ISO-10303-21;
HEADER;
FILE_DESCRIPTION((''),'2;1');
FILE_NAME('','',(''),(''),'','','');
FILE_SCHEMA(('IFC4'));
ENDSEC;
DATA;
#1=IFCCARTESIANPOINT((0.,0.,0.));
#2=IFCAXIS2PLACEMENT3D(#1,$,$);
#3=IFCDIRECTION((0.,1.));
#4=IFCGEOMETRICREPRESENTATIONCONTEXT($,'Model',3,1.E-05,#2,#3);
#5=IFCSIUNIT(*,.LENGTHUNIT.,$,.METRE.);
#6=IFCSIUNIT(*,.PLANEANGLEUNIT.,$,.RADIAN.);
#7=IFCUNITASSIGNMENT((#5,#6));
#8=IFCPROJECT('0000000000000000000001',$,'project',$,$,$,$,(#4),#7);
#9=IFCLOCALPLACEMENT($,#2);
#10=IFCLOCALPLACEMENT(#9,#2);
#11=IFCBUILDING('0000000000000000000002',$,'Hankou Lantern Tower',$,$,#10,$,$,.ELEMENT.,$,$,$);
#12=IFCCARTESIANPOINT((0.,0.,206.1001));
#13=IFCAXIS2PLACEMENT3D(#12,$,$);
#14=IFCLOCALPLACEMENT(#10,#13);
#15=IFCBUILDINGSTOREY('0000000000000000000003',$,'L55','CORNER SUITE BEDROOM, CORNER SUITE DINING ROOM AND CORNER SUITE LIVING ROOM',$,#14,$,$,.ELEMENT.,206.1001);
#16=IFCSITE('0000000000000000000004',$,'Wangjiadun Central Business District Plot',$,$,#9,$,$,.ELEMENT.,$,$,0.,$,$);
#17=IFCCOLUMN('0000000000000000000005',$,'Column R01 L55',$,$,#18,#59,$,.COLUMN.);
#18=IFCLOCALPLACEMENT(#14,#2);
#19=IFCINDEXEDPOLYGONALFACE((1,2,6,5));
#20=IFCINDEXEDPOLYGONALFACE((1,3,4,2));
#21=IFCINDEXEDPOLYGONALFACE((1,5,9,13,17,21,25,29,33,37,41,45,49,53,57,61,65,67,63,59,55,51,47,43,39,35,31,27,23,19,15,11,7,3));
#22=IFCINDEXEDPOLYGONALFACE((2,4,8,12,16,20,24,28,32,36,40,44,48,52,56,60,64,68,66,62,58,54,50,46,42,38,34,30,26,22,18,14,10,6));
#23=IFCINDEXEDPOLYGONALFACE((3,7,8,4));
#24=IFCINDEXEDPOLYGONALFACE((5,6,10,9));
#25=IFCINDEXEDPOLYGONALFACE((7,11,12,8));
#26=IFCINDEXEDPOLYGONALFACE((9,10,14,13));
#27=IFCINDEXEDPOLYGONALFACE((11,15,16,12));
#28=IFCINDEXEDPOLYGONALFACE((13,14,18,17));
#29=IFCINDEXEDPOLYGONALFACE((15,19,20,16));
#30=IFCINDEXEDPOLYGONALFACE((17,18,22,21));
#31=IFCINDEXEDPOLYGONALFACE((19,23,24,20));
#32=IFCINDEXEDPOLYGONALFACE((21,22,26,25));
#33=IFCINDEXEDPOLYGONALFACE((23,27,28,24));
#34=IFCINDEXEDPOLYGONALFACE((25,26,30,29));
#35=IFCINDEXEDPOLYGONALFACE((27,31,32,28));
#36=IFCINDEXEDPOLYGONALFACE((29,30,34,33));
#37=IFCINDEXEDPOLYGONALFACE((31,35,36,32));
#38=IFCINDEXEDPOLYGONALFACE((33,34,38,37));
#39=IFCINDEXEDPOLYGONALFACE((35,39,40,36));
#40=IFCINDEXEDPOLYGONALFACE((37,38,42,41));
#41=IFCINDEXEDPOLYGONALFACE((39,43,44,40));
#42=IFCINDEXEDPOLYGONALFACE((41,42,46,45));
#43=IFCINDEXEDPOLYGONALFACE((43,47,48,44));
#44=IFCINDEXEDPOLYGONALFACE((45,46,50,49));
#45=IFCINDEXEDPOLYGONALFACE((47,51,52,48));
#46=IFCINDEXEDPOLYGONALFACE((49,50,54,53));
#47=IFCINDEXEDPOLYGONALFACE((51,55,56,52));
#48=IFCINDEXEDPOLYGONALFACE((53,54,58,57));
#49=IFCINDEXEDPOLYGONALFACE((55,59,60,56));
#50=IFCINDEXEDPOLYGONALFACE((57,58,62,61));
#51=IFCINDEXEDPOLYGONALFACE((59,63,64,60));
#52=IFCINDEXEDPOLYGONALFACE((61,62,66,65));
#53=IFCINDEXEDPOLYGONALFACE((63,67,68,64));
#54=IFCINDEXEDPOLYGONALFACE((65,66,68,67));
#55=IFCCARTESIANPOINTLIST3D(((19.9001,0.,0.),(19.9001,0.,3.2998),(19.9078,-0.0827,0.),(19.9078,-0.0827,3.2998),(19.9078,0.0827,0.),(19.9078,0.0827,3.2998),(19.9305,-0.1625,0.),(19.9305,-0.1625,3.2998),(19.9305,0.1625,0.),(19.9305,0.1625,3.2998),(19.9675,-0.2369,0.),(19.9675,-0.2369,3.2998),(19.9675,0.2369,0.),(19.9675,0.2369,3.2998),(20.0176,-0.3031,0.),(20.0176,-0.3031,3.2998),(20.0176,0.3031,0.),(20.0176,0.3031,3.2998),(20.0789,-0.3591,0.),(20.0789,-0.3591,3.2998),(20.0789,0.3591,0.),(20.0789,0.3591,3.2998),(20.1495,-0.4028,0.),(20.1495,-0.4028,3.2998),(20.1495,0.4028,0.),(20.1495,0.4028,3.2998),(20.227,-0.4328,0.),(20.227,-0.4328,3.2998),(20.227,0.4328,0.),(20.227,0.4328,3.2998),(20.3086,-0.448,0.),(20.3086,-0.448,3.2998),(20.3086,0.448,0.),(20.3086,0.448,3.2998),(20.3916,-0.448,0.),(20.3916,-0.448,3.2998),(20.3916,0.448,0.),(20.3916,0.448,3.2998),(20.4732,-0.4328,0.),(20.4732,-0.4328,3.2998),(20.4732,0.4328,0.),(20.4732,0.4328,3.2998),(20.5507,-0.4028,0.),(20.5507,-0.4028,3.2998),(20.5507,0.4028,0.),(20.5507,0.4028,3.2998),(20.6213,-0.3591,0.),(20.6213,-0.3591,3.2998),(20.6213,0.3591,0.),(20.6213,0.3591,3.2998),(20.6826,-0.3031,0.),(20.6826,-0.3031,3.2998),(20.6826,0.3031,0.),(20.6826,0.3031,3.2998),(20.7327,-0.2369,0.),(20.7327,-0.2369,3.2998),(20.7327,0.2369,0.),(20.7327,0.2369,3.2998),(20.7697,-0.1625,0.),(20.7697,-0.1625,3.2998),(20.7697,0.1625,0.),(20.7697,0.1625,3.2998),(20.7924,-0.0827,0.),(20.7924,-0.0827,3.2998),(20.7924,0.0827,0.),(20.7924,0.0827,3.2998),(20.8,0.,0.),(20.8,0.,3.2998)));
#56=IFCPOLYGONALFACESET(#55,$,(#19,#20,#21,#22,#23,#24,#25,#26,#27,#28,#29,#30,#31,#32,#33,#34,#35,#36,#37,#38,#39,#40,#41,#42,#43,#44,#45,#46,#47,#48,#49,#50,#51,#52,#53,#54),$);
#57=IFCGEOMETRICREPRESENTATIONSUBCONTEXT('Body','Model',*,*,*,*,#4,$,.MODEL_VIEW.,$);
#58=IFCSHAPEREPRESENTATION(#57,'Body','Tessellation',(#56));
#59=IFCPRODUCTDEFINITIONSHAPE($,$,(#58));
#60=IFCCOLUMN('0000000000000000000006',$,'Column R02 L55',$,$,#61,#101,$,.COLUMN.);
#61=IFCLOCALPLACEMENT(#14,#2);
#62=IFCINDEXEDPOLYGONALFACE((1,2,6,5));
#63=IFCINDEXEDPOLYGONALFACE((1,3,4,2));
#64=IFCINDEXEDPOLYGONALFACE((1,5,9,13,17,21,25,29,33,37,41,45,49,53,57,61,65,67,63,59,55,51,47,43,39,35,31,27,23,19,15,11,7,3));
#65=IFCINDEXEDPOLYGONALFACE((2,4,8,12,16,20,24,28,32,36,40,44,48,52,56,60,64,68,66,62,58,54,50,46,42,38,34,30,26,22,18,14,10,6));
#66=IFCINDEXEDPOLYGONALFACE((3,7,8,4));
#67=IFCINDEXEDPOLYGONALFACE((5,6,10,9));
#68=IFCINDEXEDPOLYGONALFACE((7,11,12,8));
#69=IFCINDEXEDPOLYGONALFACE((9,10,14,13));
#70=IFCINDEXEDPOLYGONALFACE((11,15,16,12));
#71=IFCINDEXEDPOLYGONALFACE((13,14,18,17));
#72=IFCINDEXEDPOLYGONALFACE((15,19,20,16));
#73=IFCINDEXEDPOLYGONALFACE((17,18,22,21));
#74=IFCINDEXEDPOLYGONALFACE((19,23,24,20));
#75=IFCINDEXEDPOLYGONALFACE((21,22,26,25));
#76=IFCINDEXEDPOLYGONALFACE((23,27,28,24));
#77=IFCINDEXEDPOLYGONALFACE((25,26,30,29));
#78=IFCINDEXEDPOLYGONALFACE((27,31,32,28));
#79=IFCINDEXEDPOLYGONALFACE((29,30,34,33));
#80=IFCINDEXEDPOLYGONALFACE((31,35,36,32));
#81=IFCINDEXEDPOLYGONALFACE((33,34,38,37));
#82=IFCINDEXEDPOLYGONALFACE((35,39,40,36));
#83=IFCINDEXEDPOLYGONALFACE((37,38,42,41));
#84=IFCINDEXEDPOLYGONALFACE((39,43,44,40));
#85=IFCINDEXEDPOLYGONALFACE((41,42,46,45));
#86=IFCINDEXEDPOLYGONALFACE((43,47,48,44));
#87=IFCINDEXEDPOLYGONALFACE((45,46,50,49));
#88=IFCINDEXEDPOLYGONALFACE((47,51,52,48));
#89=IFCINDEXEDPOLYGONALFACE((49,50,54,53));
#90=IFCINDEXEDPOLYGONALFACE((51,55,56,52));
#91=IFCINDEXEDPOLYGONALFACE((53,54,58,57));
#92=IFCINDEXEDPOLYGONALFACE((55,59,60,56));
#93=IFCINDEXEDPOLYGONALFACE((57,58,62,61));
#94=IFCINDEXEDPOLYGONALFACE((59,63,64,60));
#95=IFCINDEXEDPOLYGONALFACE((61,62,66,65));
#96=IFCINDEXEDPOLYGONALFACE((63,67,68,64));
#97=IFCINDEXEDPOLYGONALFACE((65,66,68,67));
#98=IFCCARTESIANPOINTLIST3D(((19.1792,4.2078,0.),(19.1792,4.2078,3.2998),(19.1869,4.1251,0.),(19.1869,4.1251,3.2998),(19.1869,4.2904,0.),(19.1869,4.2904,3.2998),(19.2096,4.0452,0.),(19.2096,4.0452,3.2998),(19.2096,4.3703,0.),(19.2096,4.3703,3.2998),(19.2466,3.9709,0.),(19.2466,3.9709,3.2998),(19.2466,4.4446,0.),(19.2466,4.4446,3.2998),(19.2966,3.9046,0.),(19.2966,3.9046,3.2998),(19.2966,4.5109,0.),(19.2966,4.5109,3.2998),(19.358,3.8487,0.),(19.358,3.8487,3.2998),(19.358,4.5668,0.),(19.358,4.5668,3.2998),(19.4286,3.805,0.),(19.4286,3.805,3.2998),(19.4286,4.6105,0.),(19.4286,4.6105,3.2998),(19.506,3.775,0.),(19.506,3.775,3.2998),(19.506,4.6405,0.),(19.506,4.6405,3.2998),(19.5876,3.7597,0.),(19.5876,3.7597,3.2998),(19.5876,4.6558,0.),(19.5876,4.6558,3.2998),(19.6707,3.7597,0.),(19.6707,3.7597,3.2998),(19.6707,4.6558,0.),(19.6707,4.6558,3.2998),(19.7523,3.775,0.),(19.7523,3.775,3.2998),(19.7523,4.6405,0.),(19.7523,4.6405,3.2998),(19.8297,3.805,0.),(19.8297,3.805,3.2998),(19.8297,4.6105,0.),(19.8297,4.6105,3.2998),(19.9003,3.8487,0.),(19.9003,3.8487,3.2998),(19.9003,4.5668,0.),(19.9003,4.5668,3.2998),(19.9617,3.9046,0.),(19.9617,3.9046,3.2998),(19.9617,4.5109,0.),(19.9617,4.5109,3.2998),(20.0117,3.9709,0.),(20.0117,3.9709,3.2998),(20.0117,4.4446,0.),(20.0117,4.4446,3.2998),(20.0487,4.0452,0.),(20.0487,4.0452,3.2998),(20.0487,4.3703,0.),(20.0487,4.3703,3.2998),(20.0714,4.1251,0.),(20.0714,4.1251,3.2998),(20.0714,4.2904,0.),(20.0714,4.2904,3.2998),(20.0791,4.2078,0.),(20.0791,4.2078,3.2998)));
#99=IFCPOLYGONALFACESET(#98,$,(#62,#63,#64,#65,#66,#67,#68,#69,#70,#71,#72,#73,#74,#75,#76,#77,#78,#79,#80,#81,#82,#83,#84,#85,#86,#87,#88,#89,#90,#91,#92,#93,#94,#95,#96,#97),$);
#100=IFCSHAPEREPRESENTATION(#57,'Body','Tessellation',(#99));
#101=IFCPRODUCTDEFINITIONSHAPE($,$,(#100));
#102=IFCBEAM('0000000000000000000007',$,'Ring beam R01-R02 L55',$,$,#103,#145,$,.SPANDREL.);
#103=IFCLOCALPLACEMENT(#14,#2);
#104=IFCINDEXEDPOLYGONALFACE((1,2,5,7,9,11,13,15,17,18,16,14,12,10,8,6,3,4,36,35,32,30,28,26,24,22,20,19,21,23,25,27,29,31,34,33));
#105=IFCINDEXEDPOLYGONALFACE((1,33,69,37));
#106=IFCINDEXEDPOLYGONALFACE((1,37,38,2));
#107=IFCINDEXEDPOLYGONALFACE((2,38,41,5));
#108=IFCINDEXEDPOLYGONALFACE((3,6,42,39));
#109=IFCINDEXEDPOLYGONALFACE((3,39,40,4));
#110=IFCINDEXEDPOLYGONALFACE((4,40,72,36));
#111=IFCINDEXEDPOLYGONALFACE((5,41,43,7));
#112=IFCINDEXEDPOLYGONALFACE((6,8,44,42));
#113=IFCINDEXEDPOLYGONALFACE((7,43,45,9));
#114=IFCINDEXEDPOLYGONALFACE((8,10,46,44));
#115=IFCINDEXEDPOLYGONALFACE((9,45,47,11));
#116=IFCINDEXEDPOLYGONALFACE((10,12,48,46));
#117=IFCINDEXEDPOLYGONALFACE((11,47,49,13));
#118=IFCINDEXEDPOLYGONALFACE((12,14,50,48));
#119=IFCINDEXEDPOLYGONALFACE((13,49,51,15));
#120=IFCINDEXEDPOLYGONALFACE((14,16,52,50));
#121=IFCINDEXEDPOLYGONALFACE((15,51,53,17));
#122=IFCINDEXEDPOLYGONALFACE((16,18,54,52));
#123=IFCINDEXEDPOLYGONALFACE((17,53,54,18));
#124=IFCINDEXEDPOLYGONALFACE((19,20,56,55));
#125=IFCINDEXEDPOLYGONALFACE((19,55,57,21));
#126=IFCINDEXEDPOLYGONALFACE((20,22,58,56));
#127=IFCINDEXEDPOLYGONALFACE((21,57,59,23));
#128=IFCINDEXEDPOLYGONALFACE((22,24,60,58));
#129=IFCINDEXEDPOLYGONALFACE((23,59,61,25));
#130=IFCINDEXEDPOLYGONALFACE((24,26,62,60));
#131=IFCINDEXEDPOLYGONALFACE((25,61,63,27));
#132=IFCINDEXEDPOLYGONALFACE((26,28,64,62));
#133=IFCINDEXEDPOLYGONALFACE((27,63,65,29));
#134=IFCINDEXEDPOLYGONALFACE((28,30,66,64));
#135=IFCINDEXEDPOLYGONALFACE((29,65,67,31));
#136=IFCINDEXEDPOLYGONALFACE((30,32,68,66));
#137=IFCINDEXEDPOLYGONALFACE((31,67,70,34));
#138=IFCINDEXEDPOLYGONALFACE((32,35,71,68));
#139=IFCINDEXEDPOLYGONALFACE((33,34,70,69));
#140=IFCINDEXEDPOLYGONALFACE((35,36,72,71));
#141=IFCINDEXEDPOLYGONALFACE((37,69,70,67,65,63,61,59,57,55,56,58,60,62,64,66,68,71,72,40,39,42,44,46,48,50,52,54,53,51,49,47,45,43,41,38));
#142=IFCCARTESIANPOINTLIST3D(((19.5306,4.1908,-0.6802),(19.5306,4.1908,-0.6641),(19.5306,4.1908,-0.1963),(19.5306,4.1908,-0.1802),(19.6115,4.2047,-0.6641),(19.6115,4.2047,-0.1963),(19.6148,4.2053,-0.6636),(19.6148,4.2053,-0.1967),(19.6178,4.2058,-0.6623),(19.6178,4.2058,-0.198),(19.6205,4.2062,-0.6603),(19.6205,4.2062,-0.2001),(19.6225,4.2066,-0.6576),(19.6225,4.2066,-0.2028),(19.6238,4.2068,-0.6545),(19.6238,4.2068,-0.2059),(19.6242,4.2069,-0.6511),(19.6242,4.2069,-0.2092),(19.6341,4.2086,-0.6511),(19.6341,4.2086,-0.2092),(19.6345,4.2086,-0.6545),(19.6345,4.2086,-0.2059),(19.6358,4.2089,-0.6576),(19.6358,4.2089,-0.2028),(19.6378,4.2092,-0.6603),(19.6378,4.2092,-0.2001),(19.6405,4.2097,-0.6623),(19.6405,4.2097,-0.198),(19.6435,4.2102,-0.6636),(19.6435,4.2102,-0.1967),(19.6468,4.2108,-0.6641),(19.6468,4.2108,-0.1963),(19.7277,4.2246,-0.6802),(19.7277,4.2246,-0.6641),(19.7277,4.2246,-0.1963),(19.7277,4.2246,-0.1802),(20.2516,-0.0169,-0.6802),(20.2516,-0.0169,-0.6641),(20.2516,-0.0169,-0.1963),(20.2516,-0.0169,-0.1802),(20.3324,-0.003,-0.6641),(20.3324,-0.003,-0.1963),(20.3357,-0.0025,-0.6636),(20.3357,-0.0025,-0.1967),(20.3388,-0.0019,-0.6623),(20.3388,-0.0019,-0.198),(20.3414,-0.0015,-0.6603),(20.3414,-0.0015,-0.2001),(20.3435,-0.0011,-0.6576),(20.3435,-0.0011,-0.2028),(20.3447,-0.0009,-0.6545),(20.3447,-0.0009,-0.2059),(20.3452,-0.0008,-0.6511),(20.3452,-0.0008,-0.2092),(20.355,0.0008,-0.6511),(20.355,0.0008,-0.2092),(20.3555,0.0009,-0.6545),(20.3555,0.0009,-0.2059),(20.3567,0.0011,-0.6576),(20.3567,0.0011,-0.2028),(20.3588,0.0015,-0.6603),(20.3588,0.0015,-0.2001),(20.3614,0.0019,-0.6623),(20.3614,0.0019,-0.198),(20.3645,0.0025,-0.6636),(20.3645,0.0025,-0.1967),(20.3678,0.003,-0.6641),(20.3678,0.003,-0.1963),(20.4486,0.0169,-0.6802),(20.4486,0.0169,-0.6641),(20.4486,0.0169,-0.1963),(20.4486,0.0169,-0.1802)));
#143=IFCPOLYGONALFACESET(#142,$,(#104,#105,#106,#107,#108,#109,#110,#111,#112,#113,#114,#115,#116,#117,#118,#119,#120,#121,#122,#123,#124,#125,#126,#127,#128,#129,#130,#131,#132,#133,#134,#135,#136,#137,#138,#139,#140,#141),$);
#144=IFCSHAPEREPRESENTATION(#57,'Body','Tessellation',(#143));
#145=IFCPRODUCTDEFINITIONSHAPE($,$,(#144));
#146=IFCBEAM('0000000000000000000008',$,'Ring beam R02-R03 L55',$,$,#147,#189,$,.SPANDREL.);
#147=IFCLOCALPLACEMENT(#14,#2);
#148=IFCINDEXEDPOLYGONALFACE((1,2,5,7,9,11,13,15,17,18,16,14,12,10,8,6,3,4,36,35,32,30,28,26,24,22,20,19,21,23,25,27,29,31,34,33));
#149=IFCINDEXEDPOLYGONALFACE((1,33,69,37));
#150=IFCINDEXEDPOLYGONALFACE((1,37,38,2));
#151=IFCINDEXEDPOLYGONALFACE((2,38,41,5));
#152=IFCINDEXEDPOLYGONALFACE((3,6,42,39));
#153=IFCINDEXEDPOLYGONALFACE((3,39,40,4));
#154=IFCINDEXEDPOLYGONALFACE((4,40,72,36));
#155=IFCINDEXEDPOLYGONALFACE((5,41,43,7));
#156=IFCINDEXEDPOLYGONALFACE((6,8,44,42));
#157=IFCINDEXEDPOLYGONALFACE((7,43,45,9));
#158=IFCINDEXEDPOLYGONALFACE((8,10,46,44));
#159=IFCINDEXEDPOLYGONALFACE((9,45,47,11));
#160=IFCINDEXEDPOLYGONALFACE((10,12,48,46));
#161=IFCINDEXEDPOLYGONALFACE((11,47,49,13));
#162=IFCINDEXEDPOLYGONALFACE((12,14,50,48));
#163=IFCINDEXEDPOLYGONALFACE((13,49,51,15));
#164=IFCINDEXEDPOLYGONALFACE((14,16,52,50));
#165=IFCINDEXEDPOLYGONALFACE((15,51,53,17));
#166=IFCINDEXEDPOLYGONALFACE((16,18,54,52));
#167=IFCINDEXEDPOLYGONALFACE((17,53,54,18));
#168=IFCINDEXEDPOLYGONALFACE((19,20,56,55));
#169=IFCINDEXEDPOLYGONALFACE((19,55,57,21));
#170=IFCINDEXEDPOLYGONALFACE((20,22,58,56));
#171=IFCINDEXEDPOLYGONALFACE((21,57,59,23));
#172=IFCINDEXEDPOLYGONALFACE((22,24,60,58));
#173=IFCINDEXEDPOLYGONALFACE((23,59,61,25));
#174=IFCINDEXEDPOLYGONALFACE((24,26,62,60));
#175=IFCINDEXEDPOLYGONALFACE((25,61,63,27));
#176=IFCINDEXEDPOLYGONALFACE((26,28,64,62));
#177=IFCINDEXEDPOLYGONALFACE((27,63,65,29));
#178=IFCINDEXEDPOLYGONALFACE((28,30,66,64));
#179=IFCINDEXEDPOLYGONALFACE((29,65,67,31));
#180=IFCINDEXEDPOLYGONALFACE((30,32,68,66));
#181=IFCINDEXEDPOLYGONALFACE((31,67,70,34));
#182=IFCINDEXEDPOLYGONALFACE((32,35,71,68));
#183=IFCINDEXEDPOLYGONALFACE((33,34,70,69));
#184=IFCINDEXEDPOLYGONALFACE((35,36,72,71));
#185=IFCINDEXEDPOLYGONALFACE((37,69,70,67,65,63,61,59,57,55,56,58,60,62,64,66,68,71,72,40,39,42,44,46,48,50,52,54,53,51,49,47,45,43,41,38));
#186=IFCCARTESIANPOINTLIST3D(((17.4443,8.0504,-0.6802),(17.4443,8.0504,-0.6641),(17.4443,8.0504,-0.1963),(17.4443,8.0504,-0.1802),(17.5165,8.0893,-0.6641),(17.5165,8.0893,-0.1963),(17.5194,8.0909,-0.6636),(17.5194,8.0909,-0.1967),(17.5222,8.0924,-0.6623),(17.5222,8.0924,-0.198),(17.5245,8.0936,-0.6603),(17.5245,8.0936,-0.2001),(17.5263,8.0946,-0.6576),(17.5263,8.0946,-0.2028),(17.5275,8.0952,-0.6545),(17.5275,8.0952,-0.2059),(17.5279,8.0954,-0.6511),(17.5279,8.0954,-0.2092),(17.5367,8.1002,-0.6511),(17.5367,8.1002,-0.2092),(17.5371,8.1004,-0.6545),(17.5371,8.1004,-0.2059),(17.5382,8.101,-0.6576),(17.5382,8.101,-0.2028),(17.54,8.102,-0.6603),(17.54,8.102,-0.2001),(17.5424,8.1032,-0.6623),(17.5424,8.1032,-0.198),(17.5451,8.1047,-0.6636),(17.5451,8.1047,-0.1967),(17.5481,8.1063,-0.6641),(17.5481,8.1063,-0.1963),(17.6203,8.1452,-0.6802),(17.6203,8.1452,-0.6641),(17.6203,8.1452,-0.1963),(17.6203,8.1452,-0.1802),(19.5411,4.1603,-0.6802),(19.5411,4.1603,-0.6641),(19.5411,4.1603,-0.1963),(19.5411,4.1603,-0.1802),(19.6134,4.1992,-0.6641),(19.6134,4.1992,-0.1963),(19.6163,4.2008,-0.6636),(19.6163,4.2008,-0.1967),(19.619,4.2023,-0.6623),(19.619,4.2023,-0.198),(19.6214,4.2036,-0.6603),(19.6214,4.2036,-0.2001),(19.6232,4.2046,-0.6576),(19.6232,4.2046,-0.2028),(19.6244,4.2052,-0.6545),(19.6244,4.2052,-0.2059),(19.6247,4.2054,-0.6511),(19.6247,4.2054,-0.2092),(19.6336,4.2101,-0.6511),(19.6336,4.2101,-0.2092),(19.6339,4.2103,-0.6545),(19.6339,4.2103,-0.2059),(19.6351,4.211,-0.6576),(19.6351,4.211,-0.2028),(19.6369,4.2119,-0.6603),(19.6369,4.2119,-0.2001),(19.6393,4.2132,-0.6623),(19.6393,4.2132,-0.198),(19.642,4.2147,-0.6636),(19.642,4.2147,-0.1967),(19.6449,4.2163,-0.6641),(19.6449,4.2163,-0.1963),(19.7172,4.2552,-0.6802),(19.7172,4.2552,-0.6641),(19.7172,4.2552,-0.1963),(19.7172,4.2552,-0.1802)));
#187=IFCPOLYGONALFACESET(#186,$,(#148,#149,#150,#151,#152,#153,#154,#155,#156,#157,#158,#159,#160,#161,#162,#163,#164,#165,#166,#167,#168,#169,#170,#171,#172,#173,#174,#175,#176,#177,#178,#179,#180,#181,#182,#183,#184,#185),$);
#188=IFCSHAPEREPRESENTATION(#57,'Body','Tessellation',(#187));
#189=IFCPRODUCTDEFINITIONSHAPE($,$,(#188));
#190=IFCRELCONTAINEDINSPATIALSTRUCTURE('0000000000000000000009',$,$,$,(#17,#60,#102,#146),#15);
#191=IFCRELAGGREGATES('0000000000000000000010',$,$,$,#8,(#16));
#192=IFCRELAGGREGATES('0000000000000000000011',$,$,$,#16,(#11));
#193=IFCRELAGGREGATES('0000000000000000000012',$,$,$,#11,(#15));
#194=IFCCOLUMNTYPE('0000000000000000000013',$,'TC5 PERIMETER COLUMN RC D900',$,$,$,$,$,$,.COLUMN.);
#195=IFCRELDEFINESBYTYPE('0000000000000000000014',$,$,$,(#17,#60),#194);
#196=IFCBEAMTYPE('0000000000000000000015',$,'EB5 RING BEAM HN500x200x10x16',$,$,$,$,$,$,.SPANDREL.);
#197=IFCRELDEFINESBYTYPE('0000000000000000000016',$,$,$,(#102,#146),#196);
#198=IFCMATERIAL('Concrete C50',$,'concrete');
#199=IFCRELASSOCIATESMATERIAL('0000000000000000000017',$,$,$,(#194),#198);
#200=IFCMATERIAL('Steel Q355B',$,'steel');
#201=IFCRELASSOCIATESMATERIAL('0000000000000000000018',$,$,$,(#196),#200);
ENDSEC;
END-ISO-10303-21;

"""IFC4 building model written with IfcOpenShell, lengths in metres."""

from ifc_helpers import new_model, si_unit, direction, frame, origin, origin_2d, place, context, subcontext, project, spatial, circle, i_section, extrude, material, material_profile, profile_set, type_object, element, save


model = new_model("IFC4")

# Units and contexts
model_context = context("Model", 3, precision=1e-05, world=origin(), true_north=direction((0.0, 1.0)))
body_context = subcontext(model_context, "Body", "Model", "MODEL_VIEW")
ifc_project = project(units=[si_unit("LENGTHUNIT", "METRE"), si_unit("PLANEANGLEUNIT", "RADIAN")], contexts=[model_context])

# Site, building, storey
site_placement = place(None, origin())
site = spatial("IfcSite", under=ifc_project, at=site_placement, Name="Wangjiadun Central Business District Plot", CompositionType="ELEMENT", RefElevation=0.0)
building_placement = place(site_placement, origin())
building = spatial("IfcBuilding", under=site, at=building_placement, Name="Hankou Lantern Tower", CompositionType="ELEMENT")
storey_placement = place(building_placement, frame((0.0, 0.0, 206.1001)))
storey = spatial("IfcBuildingStorey", under=building, at=storey_placement, Name="L55", Description="CORNER SUITE BEDROOM, CORNER SUITE DINING ROOM AND CORNER SUITE LIVING ROOM", CompositionType="ELEMENT", Elevation=206.1001)

# Columns
ifc_material_1 = material(Name="Concrete C50", Category="concrete")
ifc_material_profile_1 = material_profile(ifc_material_1, circle(Radius=0.45, at=origin_2d()), Name="RC D900")
ifc_profile_set_1 = profile_set([ifc_material_profile_1], Name="Concrete C50")
column_type = type_object("IfcColumnType", Name="TC5 PERIMETER COLUMN RC D900", PredefinedType="COLUMN", material=ifc_profile_set_1)
for number, where, z_axis, x_axis, name in (
    (1, (20.3501, 0.0, 0.0), (0.0, 0.0, 1.0), (1.0, 0.0, 0.0), "Column R01 L55"),
    (2, (19.6292, 4.2078, 0.0), (0.0, 0.0, 1.0), (1.0, 0.0, 0.0), "Column R02 L55"),
):
    element("IfcColumn", number, at=place(storey_placement, frame(where, z_axis=z_axis, x_axis=x_axis)), inside=storey, type_object=column_type, Name=name, PredefinedType="COLUMN", context=body_context, shape_type="SweptSolid", body=[
        extrude(circle(Radius=0.45, at=origin_2d()), origin(), (0.0, 0.0, 1.0), 3.2998),
    ])

# Beams
ifc_material_2 = material(Name="Steel Q355B", Category="steel")
ifc_material_profile_2 = material_profile(ifc_material_2, i_section(OverallWidth=0.2, OverallDepth=0.5, WebThickness=0.01, FlangeThickness=0.0161, FilletRadius=0.0129, at=origin_2d()), Name="HN500x200x10x16")
ifc_profile_set_2 = profile_set([ifc_material_profile_2], Name="Steel Q355B")
beam_type_1 = type_object("IfcBeamType", Name="EB5 RING BEAM HN500x200x10x16", PredefinedType="SPANDREL", material=ifc_profile_set_2)
beam_1_placement = place(storey_placement, frame((20.3501, 0.0, -0.4302), z_axis=(-0.168877, 0.985637, 0.0), x_axis=(-0.985637, -0.168877, 0.0)))
element("IfcBeam", 3, at=beam_1_placement, inside=storey, type_object=beam_type_1, Name="Ring beam R01-R02 L55", PredefinedType="SPANDREL", context=body_context, shape_type="SweptSolid", body=[
    extrude(i_section(OverallWidth=0.2, OverallDepth=0.5, WebThickness=0.01, FlangeThickness=0.0161, FilletRadius=0.0129, at=origin_2d()), origin(), (0.0, 0.0, 1.0), 4.269),
])
beam_2_placement = place(storey_placement, frame((19.6292, 4.2078, -0.4302), z_axis=(-0.474492, 0.88026, 0.0), x_axis=(-0.88026, -0.474492, 0.0)))
element("IfcBeam", 4, at=beam_2_placement, inside=storey, type_object=beam_type_1, Name="Ring beam R02-R03 L55", PredefinedType="SPANDREL", context=body_context, shape_type="SweptSolid", body=[
    extrude(i_section(OverallWidth=0.2, OverallDepth=0.5, WebThickness=0.01, FlangeThickness=0.0161, FilletRadius=0.0129, at=origin_2d()), origin(), (0.0, 0.0, 1.0), 4.4192),
])

save(model, "model.ifc")
